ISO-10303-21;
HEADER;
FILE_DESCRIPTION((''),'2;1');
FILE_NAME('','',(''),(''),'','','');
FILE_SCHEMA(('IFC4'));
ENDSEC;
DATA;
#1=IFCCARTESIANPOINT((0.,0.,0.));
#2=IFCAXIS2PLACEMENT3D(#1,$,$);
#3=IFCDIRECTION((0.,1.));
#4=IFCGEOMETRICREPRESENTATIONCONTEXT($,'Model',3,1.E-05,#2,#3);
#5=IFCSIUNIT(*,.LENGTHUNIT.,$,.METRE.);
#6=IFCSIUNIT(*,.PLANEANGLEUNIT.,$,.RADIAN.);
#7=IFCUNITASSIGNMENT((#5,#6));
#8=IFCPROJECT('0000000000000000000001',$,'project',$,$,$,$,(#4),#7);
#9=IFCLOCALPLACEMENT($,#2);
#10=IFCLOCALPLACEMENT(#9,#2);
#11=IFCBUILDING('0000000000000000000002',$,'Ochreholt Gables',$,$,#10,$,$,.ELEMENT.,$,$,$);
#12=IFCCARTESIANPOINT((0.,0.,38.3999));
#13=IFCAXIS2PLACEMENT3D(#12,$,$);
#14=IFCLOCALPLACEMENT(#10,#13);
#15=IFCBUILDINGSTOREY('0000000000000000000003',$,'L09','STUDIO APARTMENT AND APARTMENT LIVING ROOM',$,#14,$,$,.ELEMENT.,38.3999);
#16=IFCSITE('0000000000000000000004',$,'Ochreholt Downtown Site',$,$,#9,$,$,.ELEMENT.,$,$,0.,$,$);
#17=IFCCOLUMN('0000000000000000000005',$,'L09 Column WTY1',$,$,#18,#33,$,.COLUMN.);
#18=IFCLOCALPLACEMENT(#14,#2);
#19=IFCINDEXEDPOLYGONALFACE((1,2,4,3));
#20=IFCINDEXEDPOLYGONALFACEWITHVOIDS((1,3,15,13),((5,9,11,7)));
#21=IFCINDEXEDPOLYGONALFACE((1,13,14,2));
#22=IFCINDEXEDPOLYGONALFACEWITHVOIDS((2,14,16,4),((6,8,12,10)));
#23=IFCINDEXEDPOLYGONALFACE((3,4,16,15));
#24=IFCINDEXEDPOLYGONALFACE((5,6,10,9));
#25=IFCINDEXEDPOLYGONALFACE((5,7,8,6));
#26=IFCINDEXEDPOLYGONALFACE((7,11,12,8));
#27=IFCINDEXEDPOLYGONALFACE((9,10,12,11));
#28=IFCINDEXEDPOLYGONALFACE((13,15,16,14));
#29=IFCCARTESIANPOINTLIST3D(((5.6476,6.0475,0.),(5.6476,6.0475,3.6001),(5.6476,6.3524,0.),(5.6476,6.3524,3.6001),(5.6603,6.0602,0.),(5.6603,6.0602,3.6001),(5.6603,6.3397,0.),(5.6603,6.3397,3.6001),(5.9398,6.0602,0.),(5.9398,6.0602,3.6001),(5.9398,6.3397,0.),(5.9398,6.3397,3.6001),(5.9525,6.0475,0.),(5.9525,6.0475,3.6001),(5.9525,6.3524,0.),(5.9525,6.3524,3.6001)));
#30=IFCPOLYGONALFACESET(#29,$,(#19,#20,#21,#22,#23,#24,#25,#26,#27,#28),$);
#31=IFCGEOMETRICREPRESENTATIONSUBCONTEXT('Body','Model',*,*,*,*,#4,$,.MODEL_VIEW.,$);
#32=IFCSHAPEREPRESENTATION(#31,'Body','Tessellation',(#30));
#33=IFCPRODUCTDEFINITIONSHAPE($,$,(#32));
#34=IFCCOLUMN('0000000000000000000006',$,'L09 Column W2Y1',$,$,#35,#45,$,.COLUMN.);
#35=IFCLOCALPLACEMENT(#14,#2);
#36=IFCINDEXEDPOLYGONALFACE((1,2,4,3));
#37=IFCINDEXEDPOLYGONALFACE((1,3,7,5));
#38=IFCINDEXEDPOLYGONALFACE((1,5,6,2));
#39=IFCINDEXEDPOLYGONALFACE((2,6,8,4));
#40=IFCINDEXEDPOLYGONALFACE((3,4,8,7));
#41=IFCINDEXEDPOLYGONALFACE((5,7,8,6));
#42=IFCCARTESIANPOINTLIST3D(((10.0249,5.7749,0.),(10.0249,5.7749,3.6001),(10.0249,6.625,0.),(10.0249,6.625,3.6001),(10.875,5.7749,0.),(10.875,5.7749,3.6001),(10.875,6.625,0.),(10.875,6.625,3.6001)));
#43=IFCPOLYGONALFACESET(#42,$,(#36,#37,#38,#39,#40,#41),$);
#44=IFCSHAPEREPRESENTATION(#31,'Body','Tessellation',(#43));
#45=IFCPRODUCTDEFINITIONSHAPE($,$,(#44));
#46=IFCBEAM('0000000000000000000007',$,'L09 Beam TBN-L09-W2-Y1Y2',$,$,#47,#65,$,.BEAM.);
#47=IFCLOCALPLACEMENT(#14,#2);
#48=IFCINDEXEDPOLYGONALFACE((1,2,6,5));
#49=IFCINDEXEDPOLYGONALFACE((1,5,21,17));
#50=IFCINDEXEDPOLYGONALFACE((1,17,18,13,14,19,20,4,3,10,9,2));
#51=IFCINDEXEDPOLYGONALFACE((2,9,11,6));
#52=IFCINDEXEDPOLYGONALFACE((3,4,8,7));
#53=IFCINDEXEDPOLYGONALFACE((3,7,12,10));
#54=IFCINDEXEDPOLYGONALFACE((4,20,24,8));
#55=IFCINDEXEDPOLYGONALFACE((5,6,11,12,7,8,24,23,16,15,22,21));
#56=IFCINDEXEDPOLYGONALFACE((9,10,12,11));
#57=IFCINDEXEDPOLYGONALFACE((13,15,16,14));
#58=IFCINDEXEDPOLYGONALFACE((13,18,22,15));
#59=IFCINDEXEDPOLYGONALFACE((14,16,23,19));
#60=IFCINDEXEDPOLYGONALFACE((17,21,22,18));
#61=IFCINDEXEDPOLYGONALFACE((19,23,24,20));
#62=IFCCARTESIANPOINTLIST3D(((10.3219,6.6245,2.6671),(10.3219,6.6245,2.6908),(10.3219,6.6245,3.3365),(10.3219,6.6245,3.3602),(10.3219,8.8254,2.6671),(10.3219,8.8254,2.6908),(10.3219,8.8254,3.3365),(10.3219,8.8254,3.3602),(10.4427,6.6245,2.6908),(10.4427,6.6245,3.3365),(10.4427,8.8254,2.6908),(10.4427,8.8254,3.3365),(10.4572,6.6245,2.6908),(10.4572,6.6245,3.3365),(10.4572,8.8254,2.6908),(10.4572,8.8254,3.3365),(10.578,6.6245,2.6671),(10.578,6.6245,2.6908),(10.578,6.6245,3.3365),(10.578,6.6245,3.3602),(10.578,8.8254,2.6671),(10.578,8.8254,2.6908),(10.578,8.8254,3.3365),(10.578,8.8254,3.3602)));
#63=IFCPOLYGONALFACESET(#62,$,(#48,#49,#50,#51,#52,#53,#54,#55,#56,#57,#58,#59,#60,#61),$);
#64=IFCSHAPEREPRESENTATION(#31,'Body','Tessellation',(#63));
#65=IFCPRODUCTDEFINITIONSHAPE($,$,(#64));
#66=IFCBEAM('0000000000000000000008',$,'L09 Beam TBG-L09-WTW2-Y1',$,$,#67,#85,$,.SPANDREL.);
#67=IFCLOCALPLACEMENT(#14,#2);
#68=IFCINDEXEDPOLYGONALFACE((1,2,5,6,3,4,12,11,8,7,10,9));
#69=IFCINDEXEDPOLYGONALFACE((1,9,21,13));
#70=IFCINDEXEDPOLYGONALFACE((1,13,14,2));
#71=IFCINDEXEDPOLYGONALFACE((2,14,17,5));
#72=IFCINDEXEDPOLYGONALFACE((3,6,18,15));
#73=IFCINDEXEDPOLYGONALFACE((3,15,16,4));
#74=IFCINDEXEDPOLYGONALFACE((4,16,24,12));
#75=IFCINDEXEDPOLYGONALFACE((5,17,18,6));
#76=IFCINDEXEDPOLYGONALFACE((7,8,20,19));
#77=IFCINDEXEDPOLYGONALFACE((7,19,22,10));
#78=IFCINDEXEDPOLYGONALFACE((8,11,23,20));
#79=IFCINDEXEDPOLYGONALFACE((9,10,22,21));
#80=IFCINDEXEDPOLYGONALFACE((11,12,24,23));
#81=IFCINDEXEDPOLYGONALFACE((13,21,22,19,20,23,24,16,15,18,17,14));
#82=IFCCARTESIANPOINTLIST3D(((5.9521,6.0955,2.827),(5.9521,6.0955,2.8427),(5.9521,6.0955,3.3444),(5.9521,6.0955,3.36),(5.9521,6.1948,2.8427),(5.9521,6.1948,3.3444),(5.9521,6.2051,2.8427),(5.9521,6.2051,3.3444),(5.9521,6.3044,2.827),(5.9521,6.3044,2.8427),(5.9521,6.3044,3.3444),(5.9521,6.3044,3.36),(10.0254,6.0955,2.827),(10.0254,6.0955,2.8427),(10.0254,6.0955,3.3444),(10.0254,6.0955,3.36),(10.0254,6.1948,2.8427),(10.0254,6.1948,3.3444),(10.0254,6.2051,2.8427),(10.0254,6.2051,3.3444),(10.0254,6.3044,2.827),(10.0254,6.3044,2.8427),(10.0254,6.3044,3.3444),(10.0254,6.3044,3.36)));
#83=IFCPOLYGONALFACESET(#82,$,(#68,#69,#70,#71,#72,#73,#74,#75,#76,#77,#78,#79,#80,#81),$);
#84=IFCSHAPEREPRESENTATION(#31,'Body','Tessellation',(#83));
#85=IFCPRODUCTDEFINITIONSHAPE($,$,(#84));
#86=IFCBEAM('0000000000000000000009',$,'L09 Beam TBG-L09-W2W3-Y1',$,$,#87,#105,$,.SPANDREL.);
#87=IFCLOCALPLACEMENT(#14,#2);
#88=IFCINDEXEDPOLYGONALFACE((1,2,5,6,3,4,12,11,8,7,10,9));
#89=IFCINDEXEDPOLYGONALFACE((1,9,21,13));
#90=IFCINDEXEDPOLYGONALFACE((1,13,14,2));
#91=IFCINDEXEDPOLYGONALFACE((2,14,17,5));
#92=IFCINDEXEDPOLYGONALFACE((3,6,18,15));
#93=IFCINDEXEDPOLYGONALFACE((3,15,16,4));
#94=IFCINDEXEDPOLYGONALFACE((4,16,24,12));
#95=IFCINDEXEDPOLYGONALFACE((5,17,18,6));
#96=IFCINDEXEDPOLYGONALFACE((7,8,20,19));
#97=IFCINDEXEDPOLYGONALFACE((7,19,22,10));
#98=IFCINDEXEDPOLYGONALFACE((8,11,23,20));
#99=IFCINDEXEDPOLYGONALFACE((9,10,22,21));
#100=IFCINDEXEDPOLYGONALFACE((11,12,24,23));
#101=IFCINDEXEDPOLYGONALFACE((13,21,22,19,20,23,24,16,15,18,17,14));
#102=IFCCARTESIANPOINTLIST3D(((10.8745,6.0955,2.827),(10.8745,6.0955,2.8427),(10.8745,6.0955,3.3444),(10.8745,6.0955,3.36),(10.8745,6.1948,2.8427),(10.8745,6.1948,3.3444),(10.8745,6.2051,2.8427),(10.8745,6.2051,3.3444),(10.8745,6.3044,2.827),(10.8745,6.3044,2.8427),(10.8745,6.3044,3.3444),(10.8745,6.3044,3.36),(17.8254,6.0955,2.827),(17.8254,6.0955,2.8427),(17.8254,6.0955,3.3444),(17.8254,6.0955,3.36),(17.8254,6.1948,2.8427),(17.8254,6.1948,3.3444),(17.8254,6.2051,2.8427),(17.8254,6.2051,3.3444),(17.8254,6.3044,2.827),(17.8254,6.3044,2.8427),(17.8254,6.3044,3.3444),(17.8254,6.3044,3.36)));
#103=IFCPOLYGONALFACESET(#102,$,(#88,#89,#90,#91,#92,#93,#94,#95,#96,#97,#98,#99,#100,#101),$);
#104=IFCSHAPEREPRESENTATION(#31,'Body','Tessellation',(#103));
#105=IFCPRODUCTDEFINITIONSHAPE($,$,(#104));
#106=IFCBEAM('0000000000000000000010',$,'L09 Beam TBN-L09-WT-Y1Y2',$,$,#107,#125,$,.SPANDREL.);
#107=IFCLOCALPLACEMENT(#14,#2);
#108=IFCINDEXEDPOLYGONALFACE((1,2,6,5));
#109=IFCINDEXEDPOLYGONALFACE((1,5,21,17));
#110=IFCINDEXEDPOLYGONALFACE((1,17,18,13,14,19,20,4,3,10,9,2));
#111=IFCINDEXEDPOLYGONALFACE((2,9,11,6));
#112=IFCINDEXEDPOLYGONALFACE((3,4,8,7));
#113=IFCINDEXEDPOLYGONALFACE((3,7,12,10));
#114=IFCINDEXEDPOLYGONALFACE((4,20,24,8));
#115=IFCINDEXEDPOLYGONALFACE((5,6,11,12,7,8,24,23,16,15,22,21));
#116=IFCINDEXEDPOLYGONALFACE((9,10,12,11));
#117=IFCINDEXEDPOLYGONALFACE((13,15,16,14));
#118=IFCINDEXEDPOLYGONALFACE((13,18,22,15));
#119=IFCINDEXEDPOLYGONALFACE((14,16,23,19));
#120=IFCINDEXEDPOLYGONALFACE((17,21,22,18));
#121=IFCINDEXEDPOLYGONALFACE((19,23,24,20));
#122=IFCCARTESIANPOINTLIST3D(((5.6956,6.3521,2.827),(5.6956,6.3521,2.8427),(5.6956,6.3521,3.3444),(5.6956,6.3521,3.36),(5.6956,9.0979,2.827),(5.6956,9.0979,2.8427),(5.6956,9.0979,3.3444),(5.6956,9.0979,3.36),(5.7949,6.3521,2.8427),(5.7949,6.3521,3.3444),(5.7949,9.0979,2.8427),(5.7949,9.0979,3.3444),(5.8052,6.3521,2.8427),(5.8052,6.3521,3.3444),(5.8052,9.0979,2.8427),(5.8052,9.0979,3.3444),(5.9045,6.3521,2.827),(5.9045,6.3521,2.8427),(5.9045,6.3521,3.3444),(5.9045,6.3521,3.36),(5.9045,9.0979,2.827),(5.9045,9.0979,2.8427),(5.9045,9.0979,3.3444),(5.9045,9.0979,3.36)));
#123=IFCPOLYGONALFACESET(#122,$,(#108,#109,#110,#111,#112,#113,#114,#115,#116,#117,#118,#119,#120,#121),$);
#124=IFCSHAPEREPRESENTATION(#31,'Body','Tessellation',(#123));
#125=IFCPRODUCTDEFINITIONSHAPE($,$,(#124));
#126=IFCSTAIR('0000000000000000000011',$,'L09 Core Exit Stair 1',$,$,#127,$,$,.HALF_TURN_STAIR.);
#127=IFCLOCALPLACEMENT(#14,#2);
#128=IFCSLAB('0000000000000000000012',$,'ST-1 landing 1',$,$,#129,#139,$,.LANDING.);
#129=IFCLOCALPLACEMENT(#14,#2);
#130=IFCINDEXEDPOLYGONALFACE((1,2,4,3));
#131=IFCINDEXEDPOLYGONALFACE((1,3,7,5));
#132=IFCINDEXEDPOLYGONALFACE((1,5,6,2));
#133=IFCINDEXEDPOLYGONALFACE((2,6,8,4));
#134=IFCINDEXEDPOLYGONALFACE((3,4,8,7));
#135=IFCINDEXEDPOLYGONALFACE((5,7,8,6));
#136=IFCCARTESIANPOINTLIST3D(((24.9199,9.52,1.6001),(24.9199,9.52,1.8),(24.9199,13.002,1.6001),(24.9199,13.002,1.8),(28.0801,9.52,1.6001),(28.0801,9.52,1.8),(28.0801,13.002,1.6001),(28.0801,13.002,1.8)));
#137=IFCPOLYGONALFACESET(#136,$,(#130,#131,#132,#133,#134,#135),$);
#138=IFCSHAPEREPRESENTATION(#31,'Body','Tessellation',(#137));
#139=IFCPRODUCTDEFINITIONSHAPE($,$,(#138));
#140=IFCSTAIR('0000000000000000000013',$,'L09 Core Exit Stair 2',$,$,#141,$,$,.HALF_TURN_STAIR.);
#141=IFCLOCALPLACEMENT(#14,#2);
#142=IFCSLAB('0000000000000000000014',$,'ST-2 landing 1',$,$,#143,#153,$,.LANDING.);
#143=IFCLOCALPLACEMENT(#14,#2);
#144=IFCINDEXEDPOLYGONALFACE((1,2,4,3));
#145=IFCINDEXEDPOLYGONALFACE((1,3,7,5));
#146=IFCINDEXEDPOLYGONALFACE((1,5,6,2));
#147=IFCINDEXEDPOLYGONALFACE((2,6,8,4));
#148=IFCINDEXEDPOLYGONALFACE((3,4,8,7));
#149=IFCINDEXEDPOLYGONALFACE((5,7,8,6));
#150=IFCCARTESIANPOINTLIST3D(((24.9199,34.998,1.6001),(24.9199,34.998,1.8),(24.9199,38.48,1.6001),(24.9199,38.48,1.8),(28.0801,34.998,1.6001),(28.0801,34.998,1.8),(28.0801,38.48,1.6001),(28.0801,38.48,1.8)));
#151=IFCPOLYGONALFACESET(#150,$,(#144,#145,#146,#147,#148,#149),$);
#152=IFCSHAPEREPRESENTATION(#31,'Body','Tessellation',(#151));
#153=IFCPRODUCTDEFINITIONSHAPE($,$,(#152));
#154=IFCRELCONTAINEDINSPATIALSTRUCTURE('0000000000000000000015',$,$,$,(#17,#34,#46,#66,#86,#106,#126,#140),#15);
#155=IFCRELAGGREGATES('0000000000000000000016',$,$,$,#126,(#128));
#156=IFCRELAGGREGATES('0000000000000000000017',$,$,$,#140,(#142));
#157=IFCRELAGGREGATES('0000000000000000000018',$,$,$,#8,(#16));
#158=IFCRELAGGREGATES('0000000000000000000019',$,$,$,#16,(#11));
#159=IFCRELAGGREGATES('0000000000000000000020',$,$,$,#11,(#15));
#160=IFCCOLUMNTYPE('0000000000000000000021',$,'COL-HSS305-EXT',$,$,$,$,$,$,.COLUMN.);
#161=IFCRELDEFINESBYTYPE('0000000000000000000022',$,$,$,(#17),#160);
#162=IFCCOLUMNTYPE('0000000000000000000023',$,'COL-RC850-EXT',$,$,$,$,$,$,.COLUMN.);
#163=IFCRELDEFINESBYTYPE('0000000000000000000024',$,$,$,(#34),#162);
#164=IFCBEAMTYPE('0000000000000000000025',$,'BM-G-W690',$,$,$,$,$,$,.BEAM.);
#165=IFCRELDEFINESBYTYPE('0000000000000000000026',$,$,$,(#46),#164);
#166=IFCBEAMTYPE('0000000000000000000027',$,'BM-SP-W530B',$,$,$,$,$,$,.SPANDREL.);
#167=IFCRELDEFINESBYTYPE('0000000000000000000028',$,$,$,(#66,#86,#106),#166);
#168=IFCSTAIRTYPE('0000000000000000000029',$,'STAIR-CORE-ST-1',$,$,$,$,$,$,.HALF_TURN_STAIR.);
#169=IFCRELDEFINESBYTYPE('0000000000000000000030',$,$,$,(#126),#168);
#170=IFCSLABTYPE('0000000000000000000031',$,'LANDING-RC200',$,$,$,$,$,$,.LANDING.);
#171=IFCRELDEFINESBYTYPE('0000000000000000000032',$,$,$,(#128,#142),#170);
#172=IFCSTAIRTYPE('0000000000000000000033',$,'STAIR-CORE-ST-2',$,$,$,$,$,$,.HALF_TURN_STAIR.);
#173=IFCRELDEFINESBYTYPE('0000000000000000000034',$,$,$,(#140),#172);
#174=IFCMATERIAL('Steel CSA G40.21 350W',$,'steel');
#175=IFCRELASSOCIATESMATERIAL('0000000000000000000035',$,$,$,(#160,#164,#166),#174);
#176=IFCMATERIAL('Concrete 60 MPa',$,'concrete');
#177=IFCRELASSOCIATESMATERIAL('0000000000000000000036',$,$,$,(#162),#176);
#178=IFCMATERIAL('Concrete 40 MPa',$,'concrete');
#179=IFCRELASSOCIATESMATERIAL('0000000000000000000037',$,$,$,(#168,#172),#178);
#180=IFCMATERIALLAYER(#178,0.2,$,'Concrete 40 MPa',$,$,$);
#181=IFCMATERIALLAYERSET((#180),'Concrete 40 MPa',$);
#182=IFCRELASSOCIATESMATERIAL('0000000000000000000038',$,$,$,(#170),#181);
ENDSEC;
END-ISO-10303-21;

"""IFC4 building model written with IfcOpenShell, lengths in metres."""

from ifc_helpers import new_model, si_unit, direction, frame, origin, origin_2d, place, context, subcontext, project, spatial, polyline, rectangle, hollow_rectangle, i_section, outline, extrude, material, layer, layer_set, material_profile, profile_set, type_object, element, aggregate, save


model = new_model("IFC4")

# Units and contexts
model_context = context("Model", 3, precision=1e-05, world=origin(), true_north=direction((0.0, 1.0)))
body_context = subcontext(model_context, "Body", "Model", "MODEL_VIEW")
ifc_project = project(units=[si_unit("LENGTHUNIT", "METRE"), si_unit("PLANEANGLEUNIT", "RADIAN")], contexts=[model_context])

# Site, building, storey
site_placement = place(None, origin())
site = spatial("IfcSite", under=ifc_project, at=site_placement, Name="Ochreholt Downtown Site", CompositionType="ELEMENT", RefElevation=0.0)
building_placement = place(site_placement, origin())
building = spatial("IfcBuilding", under=site, at=building_placement, Name="Ochreholt Gables", CompositionType="ELEMENT")
storey_placement = place(building_placement, frame((0.0, 0.0, 38.3999)))
storey = spatial("IfcBuildingStorey", under=building, at=storey_placement, Name="L09", Description="STUDIO APARTMENT AND APARTMENT LIVING ROOM", CompositionType="ELEMENT", Elevation=38.3999)

# Columns
ifc_material_1 = material(Name="Steel CSA G40.21 350W", Category="steel")
ifc_material_profile_1 = material_profile(ifc_material_1, hollow_rectangle(XDim=0.3049, YDim=0.3049, WallThickness=0.0127, at=origin_2d()), Name="HSS305X305X13")
ifc_profile_set_1 = profile_set([ifc_material_profile_1], Name="Steel CSA G40.21 350W")
column_type_1 = type_object("IfcColumnType", Name="COL-HSS305-EXT", PredefinedType="COLUMN", material=ifc_profile_set_1)
column_1_placement = place(storey_placement, frame((5.8, 6.2, 0.0), z_axis=(0.0, 0.0, 1.0), x_axis=(1.0, 0.0, 0.0)))
element("IfcColumn", 1, at=column_1_placement, inside=storey, type_object=column_type_1, Name="L09 Column WTY1", PredefinedType="COLUMN", context=body_context, shape_type="SweptSolid", body=[
    extrude(hollow_rectangle(XDim=0.3049, YDim=0.3049, WallThickness=0.0127, at=origin_2d()), origin(), (0.0, 0.0, 1.0), 3.6001),
])
ifc_material_2 = material(Name="Concrete 60 MPa", Category="concrete")
ifc_material_profile_2 = material_profile(ifc_material_2, rectangle(XDim=0.8501, YDim=0.8501, at=origin_2d()), Name="RC850X850")
ifc_profile_set_2 = profile_set([ifc_material_profile_2], Name="Concrete 60 MPa")
column_type_2 = type_object("IfcColumnType", Name="COL-RC850-EXT", PredefinedType="COLUMN", material=ifc_profile_set_2)
column_2_placement = place(storey_placement, frame((10.45, 6.2, 0.0), z_axis=(0.0, 0.0, 1.0), x_axis=(1.0, 0.0, 0.0)))
element("IfcColumn", 2, at=column_2_placement, inside=storey, type_object=column_type_2, Name="L09 Column W2Y1", PredefinedType="COLUMN", context=body_context, shape_type="SweptSolid", body=[
    extrude(rectangle(XDim=0.8501, YDim=0.8501, at=origin_2d()), origin(), (0.0, 0.0, 1.0), 3.6001),
])

# Beams
ifc_material_profile_3 = material_profile(ifc_material_1, i_section(OverallWidth=0.2561, OverallDepth=0.6931, WebThickness=0.0144, FlangeThickness=0.0237, at=origin_2d()), Name="W690X170")
ifc_profile_set_3 = profile_set([ifc_material_profile_3], Name="Steel CSA G40.21 350W")
beam_type_1 = type_object("IfcBeamType", Name="BM-G-W690", PredefinedType="BEAM", material=ifc_profile_set_3)
beam_1_placement = place(storey_placement, frame((10.45, 6.6245, 3.0137), z_axis=(0.0, 1.0, 0.0), x_axis=(-1.0, 0.0, 0.0)))
element("IfcBeam", 3, at=beam_1_placement, inside=storey, type_object=beam_type_1, Name="L09 Beam TBN-L09-W2-Y1Y2", PredefinedType="BEAM", context=body_context, shape_type="SweptSolid", body=[
    extrude(i_section(OverallWidth=0.2561, OverallDepth=0.6931, WebThickness=0.0144, FlangeThickness=0.0237, at=origin_2d()), origin(), (0.0, 0.0, 1.0), 2.2009),
])
ifc_material_profile_4 = material_profile(ifc_material_1, i_section(OverallWidth=0.209, OverallDepth=0.533, WebThickness=0.0103, FlangeThickness=0.0156, at=origin_2d()), Name="W530X92")
ifc_profile_set_4 = profile_set([ifc_material_profile_4], Name="Steel CSA G40.21 350W")
beam_type_2 = type_object("IfcBeamType", Name="BM-SP-W530B", PredefinedType="SPANDREL", material=ifc_profile_set_4)
beam_2_placement = place(storey_placement, frame((5.9521, 6.2, 3.0935), z_axis=(1.0, 0.0, 0.0), x_axis=(0.0, 1.0, 0.0)))
element("IfcBeam", 4, at=beam_2_placement, inside=storey, type_object=beam_type_2, Name="L09 Beam TBG-L09-WTW2-Y1", PredefinedType="SPANDREL", context=body_context, shape_type="SweptSolid", body=[
    extrude(i_section(OverallWidth=0.209, OverallDepth=0.533, WebThickness=0.0103, FlangeThickness=0.0156, at=origin_2d()), origin(), (0.0, 0.0, 1.0), 4.0732),
])
beam_3_placement = place(storey_placement, frame((10.8745, 6.2, 3.0935), z_axis=(1.0, 0.0, 0.0), x_axis=(0.0, 1.0, 0.0)))
element("IfcBeam", 5, at=beam_3_placement, inside=storey, type_object=beam_type_2, Name="L09 Beam TBG-L09-W2W3-Y1", PredefinedType="SPANDREL", context=body_context, shape_type="SweptSolid", body=[
    extrude(i_section(OverallWidth=0.209, OverallDepth=0.533, WebThickness=0.0103, FlangeThickness=0.0156, at=origin_2d()), origin(), (0.0, 0.0, 1.0), 6.9509),
])
beam_4_placement = place(storey_placement, frame((5.8, 6.3521, 3.0935), z_axis=(0.0, 1.0, 0.0), x_axis=(-1.0, 0.0, 0.0)))
element("IfcBeam", 6, at=beam_4_placement, inside=storey, type_object=beam_type_2, Name="L09 Beam TBN-L09-WT-Y1Y2", PredefinedType="SPANDREL", context=body_context, shape_type="SweptSolid", body=[
    extrude(i_section(OverallWidth=0.209, OverallDepth=0.533, WebThickness=0.0103, FlangeThickness=0.0156, at=origin_2d()), origin(), (0.0, 0.0, 1.0), 2.7458),
])

# Stairs, slabs
ifc_material_3 = material(Name="Concrete 40 MPa", Category="concrete")
stair_type_1 = type_object("IfcStairType", Name="STAIR-CORE-ST-1", PredefinedType="HALF_TURN_STAIR", material=ifc_material_3)
stair_1_placement = place(storey_placement, origin())
stair_1 = element("IfcStair", 7, at=stair_1_placement, inside=storey, type_object=stair_type_1, Name="L09 Core Exit Stair 1", PredefinedType="HALF_TURN_STAIR")
ifc_layer_1 = layer(ifc_material_3, 0.2, Name="Concrete 40 MPa")
ifc_layer_set_1 = layer_set([ifc_layer_1], Name="Concrete 40 MPa")
slab_type_1 = type_object("IfcSlabType", Name="LANDING-RC200", PredefinedType="LANDING", material=ifc_layer_set_1)
slab_1_placement = place(storey_placement, frame((0.0, 0.0, 1.6001)))
slab_1 = element("IfcSlab", 8, at=slab_1_placement, type_object=slab_type_1, Name="ST-1 landing 1", PredefinedType="LANDING", context=body_context, shape_type="SweptSolid", body=[
    extrude(outline(polyline([(24.9199, 13.002), (24.9199, 9.52), (28.0801, 9.52), (28.0801, 13.002), (24.9199, 13.002)])), origin(), (0.0, 0.0, 1.0), 0.2),
])
aggregate(stair_1, [slab_1])
stair_type_2 = type_object("IfcStairType", Name="STAIR-CORE-ST-2", PredefinedType="HALF_TURN_STAIR", material=ifc_material_3)
stair_2_placement = place(storey_placement, origin())
stair_2 = element("IfcStair", 9, at=stair_2_placement, inside=storey, type_object=stair_type_2, Name="L09 Core Exit Stair 2", PredefinedType="HALF_TURN_STAIR")
slab_2_placement = place(storey_placement, frame((0.0, 0.0, 1.6001)))
slab_2 = element("IfcSlab", 10, at=slab_2_placement, type_object=slab_type_1, Name="ST-2 landing 1", PredefinedType="LANDING", context=body_context, shape_type="SweptSolid", body=[
    extrude(outline(polyline([(28.0801, 34.998), (28.0801, 38.48), (24.9199, 38.48), (24.9199, 34.998), (28.0801, 34.998)])), origin(), (0.0, 0.0, 1.0), 0.2),
])
aggregate(stair_2, [slab_2])

save(model, "model.ifc")
